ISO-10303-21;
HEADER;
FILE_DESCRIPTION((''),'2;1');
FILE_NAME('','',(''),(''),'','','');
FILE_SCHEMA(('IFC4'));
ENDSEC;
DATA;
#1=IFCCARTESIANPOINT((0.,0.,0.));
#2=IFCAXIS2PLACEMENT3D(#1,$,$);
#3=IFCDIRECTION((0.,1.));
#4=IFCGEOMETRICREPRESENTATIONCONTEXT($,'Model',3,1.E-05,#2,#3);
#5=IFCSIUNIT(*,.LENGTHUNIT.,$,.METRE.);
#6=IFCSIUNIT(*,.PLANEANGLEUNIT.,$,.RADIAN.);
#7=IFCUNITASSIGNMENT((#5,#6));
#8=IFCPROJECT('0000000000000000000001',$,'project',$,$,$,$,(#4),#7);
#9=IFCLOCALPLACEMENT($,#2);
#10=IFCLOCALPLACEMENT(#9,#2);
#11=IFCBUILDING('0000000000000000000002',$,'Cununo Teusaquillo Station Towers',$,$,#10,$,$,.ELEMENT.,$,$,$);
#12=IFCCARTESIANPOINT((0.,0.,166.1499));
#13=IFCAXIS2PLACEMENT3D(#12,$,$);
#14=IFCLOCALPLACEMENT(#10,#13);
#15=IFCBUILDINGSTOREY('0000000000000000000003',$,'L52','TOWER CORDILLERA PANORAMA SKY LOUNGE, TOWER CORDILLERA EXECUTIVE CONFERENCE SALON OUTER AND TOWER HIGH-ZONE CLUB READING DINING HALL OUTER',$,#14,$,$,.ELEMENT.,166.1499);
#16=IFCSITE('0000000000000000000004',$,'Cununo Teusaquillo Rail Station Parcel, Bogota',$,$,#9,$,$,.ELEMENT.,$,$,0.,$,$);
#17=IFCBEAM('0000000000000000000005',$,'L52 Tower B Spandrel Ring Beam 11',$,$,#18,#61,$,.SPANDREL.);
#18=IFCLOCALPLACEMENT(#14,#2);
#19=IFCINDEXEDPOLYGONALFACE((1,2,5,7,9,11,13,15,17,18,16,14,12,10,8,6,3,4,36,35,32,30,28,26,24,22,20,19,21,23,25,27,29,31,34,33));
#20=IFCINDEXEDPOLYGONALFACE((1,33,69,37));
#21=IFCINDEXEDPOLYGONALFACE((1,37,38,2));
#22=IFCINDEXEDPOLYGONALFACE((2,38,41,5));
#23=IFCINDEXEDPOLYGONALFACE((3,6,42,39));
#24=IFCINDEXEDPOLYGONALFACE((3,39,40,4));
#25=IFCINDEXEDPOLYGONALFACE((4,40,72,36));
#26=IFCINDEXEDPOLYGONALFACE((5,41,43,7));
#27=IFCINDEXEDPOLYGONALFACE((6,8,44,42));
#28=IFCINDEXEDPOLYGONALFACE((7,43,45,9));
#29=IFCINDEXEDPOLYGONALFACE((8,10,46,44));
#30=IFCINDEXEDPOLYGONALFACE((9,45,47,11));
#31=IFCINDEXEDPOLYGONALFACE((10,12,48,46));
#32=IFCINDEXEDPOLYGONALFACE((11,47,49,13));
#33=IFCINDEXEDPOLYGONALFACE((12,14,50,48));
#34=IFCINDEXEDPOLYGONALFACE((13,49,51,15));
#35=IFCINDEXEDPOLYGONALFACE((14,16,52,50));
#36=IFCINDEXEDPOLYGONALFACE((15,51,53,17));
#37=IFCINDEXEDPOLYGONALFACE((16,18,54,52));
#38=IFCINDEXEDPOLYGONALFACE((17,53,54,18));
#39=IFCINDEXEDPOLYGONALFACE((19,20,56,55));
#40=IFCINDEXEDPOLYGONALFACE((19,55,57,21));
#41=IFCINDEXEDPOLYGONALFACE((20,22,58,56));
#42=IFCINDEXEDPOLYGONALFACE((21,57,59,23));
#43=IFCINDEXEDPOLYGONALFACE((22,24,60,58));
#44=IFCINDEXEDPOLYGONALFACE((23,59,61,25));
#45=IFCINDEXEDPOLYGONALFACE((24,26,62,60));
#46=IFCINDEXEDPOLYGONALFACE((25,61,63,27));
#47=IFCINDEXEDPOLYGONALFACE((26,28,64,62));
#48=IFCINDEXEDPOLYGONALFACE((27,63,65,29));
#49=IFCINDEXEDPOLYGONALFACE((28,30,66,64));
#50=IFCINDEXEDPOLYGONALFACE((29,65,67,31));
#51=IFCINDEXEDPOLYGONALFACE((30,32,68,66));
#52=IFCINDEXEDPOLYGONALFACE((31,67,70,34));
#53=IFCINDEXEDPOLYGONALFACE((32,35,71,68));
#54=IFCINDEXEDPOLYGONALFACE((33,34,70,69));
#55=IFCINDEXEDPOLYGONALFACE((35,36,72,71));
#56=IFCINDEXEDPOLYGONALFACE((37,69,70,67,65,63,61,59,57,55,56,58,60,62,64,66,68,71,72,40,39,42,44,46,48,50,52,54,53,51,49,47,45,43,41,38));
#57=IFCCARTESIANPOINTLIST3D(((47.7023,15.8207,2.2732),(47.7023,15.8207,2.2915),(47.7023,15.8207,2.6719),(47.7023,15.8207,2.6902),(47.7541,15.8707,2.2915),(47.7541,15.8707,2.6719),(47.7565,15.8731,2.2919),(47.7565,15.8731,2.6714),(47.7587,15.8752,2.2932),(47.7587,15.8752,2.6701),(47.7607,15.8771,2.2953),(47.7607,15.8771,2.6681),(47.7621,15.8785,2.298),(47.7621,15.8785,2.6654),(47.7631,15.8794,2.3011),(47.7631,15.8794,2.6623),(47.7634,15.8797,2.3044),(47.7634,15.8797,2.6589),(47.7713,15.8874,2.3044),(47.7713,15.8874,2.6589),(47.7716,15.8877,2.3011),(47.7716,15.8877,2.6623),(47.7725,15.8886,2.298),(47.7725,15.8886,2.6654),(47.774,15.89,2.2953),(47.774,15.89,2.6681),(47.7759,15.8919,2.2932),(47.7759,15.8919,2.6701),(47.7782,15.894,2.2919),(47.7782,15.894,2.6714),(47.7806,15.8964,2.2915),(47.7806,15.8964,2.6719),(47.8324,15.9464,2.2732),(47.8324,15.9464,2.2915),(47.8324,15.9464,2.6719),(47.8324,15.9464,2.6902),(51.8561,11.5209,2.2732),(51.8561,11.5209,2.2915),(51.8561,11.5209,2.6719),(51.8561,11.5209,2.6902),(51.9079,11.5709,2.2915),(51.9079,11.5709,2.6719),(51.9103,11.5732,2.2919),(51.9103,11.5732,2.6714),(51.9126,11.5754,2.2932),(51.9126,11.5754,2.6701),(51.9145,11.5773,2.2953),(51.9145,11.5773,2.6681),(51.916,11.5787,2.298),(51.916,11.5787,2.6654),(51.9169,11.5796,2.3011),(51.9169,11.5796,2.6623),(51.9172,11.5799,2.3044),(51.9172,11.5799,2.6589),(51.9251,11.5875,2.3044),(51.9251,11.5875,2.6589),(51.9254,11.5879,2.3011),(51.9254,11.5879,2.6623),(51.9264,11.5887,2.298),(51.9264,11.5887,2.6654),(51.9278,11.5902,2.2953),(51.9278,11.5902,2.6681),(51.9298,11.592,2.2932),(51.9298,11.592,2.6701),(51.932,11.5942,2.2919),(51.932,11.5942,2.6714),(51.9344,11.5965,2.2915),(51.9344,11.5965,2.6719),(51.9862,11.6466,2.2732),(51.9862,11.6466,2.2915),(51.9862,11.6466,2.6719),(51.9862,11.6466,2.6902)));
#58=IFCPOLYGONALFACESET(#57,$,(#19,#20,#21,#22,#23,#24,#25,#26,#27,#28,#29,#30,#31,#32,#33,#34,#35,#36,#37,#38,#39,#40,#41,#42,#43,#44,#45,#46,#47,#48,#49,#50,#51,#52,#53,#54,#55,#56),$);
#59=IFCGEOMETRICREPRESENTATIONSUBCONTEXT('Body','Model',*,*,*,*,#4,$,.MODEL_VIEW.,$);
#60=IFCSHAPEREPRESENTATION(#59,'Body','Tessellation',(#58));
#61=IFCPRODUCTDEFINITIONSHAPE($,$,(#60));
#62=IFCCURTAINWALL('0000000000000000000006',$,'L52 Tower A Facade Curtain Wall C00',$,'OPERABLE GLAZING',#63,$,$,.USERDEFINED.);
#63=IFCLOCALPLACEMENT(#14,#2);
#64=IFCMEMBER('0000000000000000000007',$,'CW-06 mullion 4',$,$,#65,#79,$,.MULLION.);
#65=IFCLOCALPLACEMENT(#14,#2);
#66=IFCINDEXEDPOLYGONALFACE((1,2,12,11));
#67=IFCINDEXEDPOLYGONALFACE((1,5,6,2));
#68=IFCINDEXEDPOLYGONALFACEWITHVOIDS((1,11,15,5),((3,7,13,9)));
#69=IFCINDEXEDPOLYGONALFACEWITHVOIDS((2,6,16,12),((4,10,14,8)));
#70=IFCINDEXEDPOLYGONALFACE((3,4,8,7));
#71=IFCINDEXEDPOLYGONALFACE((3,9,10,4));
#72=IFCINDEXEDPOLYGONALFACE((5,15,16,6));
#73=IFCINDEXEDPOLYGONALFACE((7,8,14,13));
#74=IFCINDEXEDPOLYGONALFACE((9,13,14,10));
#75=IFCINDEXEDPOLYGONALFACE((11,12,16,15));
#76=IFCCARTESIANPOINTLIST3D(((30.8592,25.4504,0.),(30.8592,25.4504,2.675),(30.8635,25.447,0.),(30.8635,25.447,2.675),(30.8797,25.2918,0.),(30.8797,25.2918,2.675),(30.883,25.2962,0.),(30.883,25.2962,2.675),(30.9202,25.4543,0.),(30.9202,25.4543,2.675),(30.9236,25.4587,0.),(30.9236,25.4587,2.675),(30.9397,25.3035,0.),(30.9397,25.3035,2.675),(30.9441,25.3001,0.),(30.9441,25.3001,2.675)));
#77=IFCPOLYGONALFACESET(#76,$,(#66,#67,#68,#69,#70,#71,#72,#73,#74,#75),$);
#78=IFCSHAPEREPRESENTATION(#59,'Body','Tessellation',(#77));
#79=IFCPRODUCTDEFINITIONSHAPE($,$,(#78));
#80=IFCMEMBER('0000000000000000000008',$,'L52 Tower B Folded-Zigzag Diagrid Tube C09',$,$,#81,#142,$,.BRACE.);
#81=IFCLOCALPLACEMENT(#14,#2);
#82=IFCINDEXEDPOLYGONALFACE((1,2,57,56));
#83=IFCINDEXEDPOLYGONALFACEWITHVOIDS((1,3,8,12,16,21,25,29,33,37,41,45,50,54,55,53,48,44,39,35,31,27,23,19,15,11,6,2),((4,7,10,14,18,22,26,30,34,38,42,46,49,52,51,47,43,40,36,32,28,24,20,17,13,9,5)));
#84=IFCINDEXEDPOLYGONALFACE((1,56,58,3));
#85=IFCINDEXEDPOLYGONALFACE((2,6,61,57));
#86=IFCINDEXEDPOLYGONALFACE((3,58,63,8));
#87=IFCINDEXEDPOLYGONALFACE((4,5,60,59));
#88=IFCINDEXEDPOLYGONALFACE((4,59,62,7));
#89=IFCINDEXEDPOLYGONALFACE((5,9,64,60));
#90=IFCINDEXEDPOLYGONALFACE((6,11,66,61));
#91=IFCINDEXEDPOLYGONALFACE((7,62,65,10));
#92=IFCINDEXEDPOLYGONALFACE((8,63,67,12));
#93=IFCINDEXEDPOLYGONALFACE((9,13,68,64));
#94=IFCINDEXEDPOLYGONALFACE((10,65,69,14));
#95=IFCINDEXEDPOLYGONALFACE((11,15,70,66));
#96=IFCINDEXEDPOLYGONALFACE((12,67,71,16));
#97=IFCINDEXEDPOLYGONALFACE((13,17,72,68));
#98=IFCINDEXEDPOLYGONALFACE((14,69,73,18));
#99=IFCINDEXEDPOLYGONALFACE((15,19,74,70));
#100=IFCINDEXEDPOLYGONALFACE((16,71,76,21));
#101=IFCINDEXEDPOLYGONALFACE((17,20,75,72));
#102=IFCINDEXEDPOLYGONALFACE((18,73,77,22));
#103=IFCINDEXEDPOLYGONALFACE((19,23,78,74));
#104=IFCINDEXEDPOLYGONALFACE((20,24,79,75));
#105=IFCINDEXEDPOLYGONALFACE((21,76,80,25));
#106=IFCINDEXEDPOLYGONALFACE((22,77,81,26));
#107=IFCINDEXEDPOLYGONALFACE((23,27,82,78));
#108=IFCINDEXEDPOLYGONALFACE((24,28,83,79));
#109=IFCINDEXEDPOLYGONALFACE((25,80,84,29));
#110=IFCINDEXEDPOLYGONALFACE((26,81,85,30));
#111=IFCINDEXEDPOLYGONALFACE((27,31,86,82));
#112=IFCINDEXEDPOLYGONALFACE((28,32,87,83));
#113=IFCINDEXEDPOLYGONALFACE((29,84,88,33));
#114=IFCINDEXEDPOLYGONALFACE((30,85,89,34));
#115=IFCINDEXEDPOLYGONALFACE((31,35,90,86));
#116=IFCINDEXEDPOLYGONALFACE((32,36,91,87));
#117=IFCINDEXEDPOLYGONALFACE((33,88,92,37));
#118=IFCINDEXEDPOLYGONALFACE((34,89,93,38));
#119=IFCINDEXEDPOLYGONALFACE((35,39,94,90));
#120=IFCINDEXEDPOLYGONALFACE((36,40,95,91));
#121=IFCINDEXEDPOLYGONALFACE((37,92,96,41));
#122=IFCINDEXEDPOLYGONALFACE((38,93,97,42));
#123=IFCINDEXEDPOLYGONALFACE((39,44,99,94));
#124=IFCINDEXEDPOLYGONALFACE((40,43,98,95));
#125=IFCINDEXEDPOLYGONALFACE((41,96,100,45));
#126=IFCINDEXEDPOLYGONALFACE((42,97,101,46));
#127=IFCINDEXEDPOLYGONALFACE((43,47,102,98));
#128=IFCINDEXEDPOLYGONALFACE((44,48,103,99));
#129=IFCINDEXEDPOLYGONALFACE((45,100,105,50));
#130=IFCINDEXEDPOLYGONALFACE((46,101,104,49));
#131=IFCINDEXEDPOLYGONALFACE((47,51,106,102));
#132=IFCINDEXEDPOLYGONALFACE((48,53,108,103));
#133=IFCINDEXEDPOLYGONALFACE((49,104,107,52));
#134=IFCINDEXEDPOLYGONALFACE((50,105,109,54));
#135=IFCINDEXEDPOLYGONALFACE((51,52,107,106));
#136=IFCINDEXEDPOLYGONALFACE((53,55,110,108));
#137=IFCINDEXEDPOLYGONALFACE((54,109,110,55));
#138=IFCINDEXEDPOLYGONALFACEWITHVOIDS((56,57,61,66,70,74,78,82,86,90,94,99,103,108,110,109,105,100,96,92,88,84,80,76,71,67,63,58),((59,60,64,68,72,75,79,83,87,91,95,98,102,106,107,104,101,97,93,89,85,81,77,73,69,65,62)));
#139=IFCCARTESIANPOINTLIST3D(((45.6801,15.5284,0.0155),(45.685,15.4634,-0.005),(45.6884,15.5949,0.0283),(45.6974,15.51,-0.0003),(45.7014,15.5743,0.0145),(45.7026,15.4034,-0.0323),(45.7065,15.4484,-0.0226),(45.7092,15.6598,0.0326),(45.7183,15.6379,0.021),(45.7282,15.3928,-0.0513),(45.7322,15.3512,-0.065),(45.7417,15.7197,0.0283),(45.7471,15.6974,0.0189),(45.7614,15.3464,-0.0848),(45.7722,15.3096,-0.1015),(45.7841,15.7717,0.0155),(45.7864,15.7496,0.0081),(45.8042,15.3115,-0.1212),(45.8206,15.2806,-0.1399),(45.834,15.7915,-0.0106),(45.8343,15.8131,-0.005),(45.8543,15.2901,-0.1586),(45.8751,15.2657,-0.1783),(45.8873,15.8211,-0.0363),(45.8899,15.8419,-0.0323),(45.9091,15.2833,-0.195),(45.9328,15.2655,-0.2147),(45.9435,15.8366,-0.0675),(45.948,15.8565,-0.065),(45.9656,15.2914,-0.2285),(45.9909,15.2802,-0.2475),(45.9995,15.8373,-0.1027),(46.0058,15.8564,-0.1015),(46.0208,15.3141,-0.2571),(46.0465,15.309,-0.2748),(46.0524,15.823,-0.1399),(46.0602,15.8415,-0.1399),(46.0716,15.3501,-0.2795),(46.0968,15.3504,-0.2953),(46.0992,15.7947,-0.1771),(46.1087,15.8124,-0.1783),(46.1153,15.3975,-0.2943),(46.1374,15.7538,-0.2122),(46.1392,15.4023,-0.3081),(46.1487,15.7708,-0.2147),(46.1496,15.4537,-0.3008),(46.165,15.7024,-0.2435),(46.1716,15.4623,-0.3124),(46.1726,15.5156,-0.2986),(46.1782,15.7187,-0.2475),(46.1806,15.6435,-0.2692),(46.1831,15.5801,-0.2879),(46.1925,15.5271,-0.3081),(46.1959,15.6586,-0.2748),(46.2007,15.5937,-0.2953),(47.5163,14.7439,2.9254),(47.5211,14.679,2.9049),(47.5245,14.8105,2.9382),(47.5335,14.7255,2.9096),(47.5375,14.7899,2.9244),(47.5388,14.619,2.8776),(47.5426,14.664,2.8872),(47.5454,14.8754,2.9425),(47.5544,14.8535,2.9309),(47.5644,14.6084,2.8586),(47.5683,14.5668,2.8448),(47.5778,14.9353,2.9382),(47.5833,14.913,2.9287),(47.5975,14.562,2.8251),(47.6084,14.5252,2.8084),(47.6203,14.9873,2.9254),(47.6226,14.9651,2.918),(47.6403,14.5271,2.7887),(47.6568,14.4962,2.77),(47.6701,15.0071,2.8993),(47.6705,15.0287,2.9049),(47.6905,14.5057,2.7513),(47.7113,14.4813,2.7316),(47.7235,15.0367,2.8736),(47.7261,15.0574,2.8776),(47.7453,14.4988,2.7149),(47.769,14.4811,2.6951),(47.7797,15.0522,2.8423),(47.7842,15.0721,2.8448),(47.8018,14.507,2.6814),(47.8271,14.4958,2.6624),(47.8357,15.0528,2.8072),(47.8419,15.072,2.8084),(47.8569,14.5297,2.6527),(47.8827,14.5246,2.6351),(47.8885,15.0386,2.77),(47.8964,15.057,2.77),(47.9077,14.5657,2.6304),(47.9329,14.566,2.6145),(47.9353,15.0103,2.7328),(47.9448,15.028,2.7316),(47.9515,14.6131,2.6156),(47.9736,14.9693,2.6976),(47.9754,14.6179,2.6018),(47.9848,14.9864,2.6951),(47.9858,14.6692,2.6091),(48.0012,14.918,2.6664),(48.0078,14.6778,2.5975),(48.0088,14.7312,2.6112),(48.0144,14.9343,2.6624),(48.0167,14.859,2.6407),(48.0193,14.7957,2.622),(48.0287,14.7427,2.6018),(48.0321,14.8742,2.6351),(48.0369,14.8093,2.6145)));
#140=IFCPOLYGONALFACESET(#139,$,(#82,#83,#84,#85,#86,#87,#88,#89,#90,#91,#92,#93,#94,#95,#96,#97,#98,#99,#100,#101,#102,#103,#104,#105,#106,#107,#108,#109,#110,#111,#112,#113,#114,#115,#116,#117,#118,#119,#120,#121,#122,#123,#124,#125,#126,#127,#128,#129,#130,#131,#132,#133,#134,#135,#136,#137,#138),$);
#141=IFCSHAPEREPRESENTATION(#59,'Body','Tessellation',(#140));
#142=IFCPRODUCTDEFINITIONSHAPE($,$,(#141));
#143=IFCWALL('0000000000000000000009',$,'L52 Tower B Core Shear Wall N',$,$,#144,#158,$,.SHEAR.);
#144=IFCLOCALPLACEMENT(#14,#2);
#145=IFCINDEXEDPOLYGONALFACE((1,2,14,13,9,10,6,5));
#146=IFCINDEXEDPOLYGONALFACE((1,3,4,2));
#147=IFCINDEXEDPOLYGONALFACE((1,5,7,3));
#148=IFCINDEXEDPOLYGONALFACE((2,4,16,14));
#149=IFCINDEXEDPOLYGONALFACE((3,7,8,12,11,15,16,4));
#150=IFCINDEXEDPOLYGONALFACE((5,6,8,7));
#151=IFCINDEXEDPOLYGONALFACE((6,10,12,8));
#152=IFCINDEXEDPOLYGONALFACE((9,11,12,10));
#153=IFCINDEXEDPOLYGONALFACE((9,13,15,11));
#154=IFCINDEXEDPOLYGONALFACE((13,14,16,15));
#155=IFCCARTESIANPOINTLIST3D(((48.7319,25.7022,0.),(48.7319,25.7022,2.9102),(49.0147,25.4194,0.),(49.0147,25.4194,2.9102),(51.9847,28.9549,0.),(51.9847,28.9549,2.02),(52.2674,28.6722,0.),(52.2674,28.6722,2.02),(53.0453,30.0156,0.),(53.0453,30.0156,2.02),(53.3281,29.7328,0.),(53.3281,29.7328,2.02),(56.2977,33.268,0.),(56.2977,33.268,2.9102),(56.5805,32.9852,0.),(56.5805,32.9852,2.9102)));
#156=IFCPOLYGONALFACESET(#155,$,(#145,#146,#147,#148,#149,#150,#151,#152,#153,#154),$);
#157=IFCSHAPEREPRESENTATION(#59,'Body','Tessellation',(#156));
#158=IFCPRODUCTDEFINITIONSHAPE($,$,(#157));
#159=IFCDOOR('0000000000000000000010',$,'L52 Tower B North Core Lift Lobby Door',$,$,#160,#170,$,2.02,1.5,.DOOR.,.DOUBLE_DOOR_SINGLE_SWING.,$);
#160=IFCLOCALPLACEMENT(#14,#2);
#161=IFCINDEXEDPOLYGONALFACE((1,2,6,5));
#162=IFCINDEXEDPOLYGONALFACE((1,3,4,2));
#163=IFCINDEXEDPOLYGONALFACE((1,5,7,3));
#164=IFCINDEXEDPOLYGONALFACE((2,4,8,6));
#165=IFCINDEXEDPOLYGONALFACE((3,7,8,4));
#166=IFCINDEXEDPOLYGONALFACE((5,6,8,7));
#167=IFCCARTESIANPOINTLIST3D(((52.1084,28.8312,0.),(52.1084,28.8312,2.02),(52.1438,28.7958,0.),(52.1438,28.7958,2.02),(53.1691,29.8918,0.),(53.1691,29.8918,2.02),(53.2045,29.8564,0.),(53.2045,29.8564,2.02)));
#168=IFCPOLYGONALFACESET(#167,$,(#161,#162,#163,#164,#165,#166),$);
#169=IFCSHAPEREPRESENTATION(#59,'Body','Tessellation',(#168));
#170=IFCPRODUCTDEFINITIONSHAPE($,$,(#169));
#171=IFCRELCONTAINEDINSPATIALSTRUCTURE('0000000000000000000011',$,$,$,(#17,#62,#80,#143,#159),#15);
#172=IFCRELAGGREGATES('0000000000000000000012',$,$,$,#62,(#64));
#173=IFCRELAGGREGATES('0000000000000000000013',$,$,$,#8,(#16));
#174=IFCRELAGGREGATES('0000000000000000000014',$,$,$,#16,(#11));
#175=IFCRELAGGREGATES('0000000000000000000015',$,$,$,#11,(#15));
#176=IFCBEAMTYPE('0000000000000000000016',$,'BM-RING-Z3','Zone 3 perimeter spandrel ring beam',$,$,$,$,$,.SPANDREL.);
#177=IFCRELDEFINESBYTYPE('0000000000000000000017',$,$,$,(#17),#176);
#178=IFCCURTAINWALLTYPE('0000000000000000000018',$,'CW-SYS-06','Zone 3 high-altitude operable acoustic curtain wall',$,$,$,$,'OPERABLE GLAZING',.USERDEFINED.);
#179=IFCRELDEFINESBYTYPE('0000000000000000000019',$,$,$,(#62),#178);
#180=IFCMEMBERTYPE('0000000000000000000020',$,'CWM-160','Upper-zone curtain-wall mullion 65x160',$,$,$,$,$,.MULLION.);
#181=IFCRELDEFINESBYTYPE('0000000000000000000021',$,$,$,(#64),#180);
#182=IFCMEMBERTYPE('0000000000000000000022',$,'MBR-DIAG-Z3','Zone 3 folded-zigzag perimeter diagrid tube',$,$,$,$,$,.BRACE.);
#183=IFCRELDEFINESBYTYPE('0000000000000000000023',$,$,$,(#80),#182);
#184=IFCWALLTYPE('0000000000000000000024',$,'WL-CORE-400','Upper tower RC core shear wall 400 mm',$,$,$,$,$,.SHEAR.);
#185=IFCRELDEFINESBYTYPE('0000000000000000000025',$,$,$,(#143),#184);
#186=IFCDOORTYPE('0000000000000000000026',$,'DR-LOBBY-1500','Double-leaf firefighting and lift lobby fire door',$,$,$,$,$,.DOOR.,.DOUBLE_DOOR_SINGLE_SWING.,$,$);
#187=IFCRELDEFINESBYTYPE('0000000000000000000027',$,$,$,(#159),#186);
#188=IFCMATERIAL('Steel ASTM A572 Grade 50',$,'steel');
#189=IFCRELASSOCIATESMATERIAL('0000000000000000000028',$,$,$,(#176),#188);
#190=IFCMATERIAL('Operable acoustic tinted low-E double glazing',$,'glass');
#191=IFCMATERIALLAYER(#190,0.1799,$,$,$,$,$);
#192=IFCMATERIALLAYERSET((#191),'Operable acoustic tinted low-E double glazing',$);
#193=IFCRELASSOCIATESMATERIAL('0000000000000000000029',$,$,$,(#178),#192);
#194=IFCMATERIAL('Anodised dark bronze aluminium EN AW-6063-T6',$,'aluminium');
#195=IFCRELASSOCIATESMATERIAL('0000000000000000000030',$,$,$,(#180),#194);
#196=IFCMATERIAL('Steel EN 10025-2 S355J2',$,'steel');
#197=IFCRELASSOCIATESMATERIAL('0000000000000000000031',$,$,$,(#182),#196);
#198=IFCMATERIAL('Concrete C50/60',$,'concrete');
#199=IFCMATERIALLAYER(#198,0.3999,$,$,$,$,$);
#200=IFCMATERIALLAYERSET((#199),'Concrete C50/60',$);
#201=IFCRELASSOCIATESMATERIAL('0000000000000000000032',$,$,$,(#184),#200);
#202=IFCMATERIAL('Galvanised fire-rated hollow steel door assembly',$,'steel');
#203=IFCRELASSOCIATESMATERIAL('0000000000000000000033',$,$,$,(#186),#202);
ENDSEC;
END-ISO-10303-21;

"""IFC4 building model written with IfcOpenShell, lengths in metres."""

from ifc_helpers import new_model, si_unit, direction, frame, frame_2d, origin, origin_2d, place, context, subcontext, project, spatial, rectangle, hollow_rectangle, hollow_circle, i_section, extrude, source, transform, mapped, material, layer, layer_set, material_profile, profile_set, type_object, element, fill, aggregate, save


model = new_model("IFC4")

# Units and contexts
model_context = context("Model", 3, precision=1e-05, world=origin(), true_north=direction((0.0, 1.0)))
body_context = subcontext(model_context, "Body", "Model", "MODEL_VIEW")
ifc_project = project(units=[si_unit("LENGTHUNIT", "METRE"), si_unit("PLANEANGLEUNIT", "RADIAN")], contexts=[model_context])

# Site, building, storey
site_placement = place(None, origin())
site = spatial("IfcSite", under=ifc_project, at=site_placement, Name="Cununo Teusaquillo Rail Station Parcel, Bogota", CompositionType="ELEMENT", RefElevation=0.0)
building_placement = place(site_placement, origin())
building = spatial("IfcBuilding", under=site, at=building_placement, Name="Cununo Teusaquillo Station Towers", CompositionType="ELEMENT")
storey_placement = place(building_placement, frame((0.0, 0.0, 166.1499)))
storey = spatial("IfcBuildingStorey", under=building, at=storey_placement, Name="L52", Description="TOWER CORDILLERA PANORAMA SKY LOUNGE, TOWER CORDILLERA EXECUTIVE CONFERENCE SALON OUTER AND TOWER HIGH-ZONE CLUB READING DINING HALL OUTER", CompositionType="ELEMENT", Elevation=166.1499)

# Beam
ifc_material_1 = material(Name="Steel ASTM A572 Grade 50", Category="steel")
ifc_material_profile_1 = material_profile(ifc_material_1, i_section(OverallWidth=0.1809, OverallDepth=0.417, WebThickness=0.011, FlangeThickness=0.0183, FilletRadius=0.0129, at=origin_2d()), Name="W16X57")
ifc_profile_set_1 = profile_set([ifc_material_profile_1], Name="Steel ASTM A572 Grade 50")
beam_type_1 = type_object("IfcBeamType", Name="BM-RING-Z3", Description="Zone 3 perimeter spandrel ring beam", PredefinedType="SPANDREL", material=ifc_profile_set_1)
beam_1_placement = place(storey_placement, frame((47.7673, 15.8835, 2.4817), z_axis=(0.694791, -0.719211, 0.0), x_axis=(0.719211, 0.694791, 0.0)))
element("IfcBeam", 1, at=beam_1_placement, inside=storey, type_object=beam_type_1, Name="L52 Tower B Spandrel Ring Beam 11", PredefinedType="SPANDREL", context=body_context, shape_type="SweptSolid", body=[
    extrude(i_section(OverallWidth=0.1809, OverallDepth=0.417, WebThickness=0.011, FlangeThickness=0.0183, FilletRadius=0.0129, at=origin_2d()), origin(), (0.0, 0.0, 1.0), 5.9785),
])

# Curtain wall, member
ifc_material_2 = material(Name="Operable acoustic tinted low-E double glazing", Category="glass")
ifc_layer_1 = layer(ifc_material_2, 0.1799)
ifc_layer_set_1 = layer_set([ifc_layer_1], Name="Operable acoustic tinted low-E double glazing")
curtain_wall_type = type_object("IfcCurtainWallType", Name="CW-SYS-06", Description="Zone 3 high-altitude operable acoustic curtain wall", ElementType="OPERABLE GLAZING", PredefinedType="USERDEFINED", material=ifc_layer_set_1)
curtain_wall_placement = place(storey_placement, origin())
curtain_wall = element("IfcCurtainWall", 2, at=curtain_wall_placement, inside=storey, type_object=curtain_wall_type, Name="L52 Tower A Facade Curtain Wall C00", ObjectType="OPERABLE GLAZING", PredefinedType="USERDEFINED")
ifc_material_3 = material(Name="Anodised dark bronze aluminium EN AW-6063-T6", Category="aluminium")
ifc_material_profile_2 = material_profile(ifc_material_3, hollow_rectangle(XDim=0.0649, YDim=0.1599, WallThickness=0.0039, at=origin_2d()), Name="CW-MULL-65x160")
ifc_profile_set_2 = profile_set([ifc_material_profile_2], Name="Anodised dark bronze aluminium EN AW-6063-T6")
member_type_1 = type_object("IfcMemberType", Name="CWM-160", Description="Upper-zone curtain-wall mullion 65x160", PredefinedType="MULLION", material=ifc_profile_set_2)
member_1_placement = place(storey_placement, frame((30.9016, 25.3752, 0.0), z_axis=(0.0, 0.0, 1.0), x_axis=(0.991736, 0.128293, 0.0)))
member_1 = element("IfcMember", 3, at=member_1_placement, type_object=member_type_1, Name="CW-06 mullion 4", PredefinedType="MULLION", context=body_context, shape_type="SweptSolid", body=[
    extrude(hollow_rectangle(XDim=0.0649, YDim=0.1599, WallThickness=0.0039, at=origin_2d()), origin(), (0.0, 0.0, 1.0), 2.675),
])
aggregate(curtain_wall, [member_1])

# Member
ifc_material_4 = material(Name="Steel EN 10025-2 S355J2", Category="steel")
ifc_material_profile_3 = material_profile(ifc_material_4, hollow_circle(Radius=0.3049, WallThickness=0.02, at=origin_2d()), Name="CHS 610x20")
ifc_profile_set_3 = profile_set([ifc_material_profile_3], Name="Steel EN 10025-2 S355J2")
member_type_2 = type_object("IfcMemberType", Name="MBR-DIAG-Z3", Description="Zone 3 folded-zigzag perimeter diagrid tube", PredefinedType="BRACE", material=ifc_profile_set_3)
member_2_placement = place(storey_placement, frame((45.9404, 15.561, -0.1399), z_axis=(0.520299, -0.222274, 0.82455), x_axis=(0.392857, 0.9196, 0.0)))
element("IfcMember", 4, at=member_2_placement, inside=storey, type_object=member_type_2, Name="L52 Tower B Folded-Zigzag Diagrid Tube C09", PredefinedType="BRACE", context=body_context, shape_type="SweptSolid", body=[
    extrude(hollow_circle(Radius=0.3049, WallThickness=0.02, at=origin_2d()), origin(), (0.0, 0.0, 1.0), 3.5291),
])

# Wall, opening, door
ifc_material_5 = material(Name="Concrete C50/60", Category="concrete")
ifc_layer_2 = layer(ifc_material_5, 0.3999)
ifc_layer_set_2 = layer_set([ifc_layer_2], Name="Concrete C50/60")
wall_type_1 = type_object("IfcWallType", Name="WL-CORE-400", Description="Upper tower RC core shear wall 400 mm", PredefinedType="SHEAR", material=ifc_layer_set_2)
wall_1_placement = place(storey_placement, frame((48.8733, 25.5608, 0.0), z_axis=(0.0, 0.0, 1.0), x_axis=(0.707107, 0.707107, 0.0)))
wall_1 = element("IfcWall", 5, at=wall_1_placement, inside=storey, type_object=wall_type_1, Name="L52 Tower B Core Shear Wall N", PredefinedType="SHEAR", context=body_context, shape_type="SweptSolid", body=[
    extrude(rectangle(XDim=10.6997, YDim=0.3999, at=frame_2d((5.3499, 0.0))), origin(), (0.0, 0.0, 1.0), 2.9102),
])
shared_shape_1 = source(origin(), body_context, "Body", "SweptSolid", [
    extrude(rectangle(XDim=1.5, YDim=2.02, at=frame_2d((0.75, 1.01))), frame((0.0, 0.21, 0.0), z_axis=(0.0, -1.0, 0.0), x_axis=(1.0, 0.0, 0.0)), (0.0, 0.0, 1.0), 0.4199),
])
opening_1_placement = place(wall_1_placement, frame((4.6001, 0.0, 0.0)))
opening_1 = element("IfcOpeningElement", 6, at=opening_1_placement, cuts=wall_1, PredefinedType="OPENING", context=body_context, shape_type="MappedRepresentation", body=[
    mapped(shared_shape_1, transform((0.0, 0.0, 0.0), x_axis=(1.0, 0.0, 0.0), y_axis=(0.0, 1.0, 0.0), z_axis=(0.0, 0.0, 1.0), scale=1.0)),
])
ifc_material_6 = material(Name="Galvanised fire-rated hollow steel door assembly", Category="steel")
door_type_1 = type_object("IfcDoorType", Name="DR-LOBBY-1500", Description="Double-leaf firefighting and lift lobby fire door", OperationType="DOUBLE_DOOR_SINGLE_SWING", PredefinedType="DOOR", material=ifc_material_6)
shared_shape_2 = source(origin(), body_context, "Body", "SweptSolid", [
    extrude(rectangle(XDim=1.5, YDim=2.02, at=frame_2d((0.75, 1.01))), frame((0.0, 0.0249, 0.0), z_axis=(0.0, -1.0, 0.0), x_axis=(1.0, 0.0, 0.0)), (0.0, 0.0, 1.0), 0.05),
])
door_1_placement = place(opening_1_placement, origin())
door_1 = element("IfcDoor", 7, at=door_1_placement, inside=storey, type_object=door_type_1, Name="L52 Tower B North Core Lift Lobby Door", OperationType="DOUBLE_DOOR_SINGLE_SWING", OverallHeight=2.02, OverallWidth=1.5, PredefinedType="DOOR", context=body_context, shape_type="MappedRepresentation", body=[
    mapped(shared_shape_2, transform((0.0, 0.0, 0.0), x_axis=(1.0, 0.0, 0.0), y_axis=(0.0, 1.0, 0.0), z_axis=(0.0, 0.0, 1.0), scale=1.0)),
])
fill(opening_1, door_1)

save(model, "model.ifc")
